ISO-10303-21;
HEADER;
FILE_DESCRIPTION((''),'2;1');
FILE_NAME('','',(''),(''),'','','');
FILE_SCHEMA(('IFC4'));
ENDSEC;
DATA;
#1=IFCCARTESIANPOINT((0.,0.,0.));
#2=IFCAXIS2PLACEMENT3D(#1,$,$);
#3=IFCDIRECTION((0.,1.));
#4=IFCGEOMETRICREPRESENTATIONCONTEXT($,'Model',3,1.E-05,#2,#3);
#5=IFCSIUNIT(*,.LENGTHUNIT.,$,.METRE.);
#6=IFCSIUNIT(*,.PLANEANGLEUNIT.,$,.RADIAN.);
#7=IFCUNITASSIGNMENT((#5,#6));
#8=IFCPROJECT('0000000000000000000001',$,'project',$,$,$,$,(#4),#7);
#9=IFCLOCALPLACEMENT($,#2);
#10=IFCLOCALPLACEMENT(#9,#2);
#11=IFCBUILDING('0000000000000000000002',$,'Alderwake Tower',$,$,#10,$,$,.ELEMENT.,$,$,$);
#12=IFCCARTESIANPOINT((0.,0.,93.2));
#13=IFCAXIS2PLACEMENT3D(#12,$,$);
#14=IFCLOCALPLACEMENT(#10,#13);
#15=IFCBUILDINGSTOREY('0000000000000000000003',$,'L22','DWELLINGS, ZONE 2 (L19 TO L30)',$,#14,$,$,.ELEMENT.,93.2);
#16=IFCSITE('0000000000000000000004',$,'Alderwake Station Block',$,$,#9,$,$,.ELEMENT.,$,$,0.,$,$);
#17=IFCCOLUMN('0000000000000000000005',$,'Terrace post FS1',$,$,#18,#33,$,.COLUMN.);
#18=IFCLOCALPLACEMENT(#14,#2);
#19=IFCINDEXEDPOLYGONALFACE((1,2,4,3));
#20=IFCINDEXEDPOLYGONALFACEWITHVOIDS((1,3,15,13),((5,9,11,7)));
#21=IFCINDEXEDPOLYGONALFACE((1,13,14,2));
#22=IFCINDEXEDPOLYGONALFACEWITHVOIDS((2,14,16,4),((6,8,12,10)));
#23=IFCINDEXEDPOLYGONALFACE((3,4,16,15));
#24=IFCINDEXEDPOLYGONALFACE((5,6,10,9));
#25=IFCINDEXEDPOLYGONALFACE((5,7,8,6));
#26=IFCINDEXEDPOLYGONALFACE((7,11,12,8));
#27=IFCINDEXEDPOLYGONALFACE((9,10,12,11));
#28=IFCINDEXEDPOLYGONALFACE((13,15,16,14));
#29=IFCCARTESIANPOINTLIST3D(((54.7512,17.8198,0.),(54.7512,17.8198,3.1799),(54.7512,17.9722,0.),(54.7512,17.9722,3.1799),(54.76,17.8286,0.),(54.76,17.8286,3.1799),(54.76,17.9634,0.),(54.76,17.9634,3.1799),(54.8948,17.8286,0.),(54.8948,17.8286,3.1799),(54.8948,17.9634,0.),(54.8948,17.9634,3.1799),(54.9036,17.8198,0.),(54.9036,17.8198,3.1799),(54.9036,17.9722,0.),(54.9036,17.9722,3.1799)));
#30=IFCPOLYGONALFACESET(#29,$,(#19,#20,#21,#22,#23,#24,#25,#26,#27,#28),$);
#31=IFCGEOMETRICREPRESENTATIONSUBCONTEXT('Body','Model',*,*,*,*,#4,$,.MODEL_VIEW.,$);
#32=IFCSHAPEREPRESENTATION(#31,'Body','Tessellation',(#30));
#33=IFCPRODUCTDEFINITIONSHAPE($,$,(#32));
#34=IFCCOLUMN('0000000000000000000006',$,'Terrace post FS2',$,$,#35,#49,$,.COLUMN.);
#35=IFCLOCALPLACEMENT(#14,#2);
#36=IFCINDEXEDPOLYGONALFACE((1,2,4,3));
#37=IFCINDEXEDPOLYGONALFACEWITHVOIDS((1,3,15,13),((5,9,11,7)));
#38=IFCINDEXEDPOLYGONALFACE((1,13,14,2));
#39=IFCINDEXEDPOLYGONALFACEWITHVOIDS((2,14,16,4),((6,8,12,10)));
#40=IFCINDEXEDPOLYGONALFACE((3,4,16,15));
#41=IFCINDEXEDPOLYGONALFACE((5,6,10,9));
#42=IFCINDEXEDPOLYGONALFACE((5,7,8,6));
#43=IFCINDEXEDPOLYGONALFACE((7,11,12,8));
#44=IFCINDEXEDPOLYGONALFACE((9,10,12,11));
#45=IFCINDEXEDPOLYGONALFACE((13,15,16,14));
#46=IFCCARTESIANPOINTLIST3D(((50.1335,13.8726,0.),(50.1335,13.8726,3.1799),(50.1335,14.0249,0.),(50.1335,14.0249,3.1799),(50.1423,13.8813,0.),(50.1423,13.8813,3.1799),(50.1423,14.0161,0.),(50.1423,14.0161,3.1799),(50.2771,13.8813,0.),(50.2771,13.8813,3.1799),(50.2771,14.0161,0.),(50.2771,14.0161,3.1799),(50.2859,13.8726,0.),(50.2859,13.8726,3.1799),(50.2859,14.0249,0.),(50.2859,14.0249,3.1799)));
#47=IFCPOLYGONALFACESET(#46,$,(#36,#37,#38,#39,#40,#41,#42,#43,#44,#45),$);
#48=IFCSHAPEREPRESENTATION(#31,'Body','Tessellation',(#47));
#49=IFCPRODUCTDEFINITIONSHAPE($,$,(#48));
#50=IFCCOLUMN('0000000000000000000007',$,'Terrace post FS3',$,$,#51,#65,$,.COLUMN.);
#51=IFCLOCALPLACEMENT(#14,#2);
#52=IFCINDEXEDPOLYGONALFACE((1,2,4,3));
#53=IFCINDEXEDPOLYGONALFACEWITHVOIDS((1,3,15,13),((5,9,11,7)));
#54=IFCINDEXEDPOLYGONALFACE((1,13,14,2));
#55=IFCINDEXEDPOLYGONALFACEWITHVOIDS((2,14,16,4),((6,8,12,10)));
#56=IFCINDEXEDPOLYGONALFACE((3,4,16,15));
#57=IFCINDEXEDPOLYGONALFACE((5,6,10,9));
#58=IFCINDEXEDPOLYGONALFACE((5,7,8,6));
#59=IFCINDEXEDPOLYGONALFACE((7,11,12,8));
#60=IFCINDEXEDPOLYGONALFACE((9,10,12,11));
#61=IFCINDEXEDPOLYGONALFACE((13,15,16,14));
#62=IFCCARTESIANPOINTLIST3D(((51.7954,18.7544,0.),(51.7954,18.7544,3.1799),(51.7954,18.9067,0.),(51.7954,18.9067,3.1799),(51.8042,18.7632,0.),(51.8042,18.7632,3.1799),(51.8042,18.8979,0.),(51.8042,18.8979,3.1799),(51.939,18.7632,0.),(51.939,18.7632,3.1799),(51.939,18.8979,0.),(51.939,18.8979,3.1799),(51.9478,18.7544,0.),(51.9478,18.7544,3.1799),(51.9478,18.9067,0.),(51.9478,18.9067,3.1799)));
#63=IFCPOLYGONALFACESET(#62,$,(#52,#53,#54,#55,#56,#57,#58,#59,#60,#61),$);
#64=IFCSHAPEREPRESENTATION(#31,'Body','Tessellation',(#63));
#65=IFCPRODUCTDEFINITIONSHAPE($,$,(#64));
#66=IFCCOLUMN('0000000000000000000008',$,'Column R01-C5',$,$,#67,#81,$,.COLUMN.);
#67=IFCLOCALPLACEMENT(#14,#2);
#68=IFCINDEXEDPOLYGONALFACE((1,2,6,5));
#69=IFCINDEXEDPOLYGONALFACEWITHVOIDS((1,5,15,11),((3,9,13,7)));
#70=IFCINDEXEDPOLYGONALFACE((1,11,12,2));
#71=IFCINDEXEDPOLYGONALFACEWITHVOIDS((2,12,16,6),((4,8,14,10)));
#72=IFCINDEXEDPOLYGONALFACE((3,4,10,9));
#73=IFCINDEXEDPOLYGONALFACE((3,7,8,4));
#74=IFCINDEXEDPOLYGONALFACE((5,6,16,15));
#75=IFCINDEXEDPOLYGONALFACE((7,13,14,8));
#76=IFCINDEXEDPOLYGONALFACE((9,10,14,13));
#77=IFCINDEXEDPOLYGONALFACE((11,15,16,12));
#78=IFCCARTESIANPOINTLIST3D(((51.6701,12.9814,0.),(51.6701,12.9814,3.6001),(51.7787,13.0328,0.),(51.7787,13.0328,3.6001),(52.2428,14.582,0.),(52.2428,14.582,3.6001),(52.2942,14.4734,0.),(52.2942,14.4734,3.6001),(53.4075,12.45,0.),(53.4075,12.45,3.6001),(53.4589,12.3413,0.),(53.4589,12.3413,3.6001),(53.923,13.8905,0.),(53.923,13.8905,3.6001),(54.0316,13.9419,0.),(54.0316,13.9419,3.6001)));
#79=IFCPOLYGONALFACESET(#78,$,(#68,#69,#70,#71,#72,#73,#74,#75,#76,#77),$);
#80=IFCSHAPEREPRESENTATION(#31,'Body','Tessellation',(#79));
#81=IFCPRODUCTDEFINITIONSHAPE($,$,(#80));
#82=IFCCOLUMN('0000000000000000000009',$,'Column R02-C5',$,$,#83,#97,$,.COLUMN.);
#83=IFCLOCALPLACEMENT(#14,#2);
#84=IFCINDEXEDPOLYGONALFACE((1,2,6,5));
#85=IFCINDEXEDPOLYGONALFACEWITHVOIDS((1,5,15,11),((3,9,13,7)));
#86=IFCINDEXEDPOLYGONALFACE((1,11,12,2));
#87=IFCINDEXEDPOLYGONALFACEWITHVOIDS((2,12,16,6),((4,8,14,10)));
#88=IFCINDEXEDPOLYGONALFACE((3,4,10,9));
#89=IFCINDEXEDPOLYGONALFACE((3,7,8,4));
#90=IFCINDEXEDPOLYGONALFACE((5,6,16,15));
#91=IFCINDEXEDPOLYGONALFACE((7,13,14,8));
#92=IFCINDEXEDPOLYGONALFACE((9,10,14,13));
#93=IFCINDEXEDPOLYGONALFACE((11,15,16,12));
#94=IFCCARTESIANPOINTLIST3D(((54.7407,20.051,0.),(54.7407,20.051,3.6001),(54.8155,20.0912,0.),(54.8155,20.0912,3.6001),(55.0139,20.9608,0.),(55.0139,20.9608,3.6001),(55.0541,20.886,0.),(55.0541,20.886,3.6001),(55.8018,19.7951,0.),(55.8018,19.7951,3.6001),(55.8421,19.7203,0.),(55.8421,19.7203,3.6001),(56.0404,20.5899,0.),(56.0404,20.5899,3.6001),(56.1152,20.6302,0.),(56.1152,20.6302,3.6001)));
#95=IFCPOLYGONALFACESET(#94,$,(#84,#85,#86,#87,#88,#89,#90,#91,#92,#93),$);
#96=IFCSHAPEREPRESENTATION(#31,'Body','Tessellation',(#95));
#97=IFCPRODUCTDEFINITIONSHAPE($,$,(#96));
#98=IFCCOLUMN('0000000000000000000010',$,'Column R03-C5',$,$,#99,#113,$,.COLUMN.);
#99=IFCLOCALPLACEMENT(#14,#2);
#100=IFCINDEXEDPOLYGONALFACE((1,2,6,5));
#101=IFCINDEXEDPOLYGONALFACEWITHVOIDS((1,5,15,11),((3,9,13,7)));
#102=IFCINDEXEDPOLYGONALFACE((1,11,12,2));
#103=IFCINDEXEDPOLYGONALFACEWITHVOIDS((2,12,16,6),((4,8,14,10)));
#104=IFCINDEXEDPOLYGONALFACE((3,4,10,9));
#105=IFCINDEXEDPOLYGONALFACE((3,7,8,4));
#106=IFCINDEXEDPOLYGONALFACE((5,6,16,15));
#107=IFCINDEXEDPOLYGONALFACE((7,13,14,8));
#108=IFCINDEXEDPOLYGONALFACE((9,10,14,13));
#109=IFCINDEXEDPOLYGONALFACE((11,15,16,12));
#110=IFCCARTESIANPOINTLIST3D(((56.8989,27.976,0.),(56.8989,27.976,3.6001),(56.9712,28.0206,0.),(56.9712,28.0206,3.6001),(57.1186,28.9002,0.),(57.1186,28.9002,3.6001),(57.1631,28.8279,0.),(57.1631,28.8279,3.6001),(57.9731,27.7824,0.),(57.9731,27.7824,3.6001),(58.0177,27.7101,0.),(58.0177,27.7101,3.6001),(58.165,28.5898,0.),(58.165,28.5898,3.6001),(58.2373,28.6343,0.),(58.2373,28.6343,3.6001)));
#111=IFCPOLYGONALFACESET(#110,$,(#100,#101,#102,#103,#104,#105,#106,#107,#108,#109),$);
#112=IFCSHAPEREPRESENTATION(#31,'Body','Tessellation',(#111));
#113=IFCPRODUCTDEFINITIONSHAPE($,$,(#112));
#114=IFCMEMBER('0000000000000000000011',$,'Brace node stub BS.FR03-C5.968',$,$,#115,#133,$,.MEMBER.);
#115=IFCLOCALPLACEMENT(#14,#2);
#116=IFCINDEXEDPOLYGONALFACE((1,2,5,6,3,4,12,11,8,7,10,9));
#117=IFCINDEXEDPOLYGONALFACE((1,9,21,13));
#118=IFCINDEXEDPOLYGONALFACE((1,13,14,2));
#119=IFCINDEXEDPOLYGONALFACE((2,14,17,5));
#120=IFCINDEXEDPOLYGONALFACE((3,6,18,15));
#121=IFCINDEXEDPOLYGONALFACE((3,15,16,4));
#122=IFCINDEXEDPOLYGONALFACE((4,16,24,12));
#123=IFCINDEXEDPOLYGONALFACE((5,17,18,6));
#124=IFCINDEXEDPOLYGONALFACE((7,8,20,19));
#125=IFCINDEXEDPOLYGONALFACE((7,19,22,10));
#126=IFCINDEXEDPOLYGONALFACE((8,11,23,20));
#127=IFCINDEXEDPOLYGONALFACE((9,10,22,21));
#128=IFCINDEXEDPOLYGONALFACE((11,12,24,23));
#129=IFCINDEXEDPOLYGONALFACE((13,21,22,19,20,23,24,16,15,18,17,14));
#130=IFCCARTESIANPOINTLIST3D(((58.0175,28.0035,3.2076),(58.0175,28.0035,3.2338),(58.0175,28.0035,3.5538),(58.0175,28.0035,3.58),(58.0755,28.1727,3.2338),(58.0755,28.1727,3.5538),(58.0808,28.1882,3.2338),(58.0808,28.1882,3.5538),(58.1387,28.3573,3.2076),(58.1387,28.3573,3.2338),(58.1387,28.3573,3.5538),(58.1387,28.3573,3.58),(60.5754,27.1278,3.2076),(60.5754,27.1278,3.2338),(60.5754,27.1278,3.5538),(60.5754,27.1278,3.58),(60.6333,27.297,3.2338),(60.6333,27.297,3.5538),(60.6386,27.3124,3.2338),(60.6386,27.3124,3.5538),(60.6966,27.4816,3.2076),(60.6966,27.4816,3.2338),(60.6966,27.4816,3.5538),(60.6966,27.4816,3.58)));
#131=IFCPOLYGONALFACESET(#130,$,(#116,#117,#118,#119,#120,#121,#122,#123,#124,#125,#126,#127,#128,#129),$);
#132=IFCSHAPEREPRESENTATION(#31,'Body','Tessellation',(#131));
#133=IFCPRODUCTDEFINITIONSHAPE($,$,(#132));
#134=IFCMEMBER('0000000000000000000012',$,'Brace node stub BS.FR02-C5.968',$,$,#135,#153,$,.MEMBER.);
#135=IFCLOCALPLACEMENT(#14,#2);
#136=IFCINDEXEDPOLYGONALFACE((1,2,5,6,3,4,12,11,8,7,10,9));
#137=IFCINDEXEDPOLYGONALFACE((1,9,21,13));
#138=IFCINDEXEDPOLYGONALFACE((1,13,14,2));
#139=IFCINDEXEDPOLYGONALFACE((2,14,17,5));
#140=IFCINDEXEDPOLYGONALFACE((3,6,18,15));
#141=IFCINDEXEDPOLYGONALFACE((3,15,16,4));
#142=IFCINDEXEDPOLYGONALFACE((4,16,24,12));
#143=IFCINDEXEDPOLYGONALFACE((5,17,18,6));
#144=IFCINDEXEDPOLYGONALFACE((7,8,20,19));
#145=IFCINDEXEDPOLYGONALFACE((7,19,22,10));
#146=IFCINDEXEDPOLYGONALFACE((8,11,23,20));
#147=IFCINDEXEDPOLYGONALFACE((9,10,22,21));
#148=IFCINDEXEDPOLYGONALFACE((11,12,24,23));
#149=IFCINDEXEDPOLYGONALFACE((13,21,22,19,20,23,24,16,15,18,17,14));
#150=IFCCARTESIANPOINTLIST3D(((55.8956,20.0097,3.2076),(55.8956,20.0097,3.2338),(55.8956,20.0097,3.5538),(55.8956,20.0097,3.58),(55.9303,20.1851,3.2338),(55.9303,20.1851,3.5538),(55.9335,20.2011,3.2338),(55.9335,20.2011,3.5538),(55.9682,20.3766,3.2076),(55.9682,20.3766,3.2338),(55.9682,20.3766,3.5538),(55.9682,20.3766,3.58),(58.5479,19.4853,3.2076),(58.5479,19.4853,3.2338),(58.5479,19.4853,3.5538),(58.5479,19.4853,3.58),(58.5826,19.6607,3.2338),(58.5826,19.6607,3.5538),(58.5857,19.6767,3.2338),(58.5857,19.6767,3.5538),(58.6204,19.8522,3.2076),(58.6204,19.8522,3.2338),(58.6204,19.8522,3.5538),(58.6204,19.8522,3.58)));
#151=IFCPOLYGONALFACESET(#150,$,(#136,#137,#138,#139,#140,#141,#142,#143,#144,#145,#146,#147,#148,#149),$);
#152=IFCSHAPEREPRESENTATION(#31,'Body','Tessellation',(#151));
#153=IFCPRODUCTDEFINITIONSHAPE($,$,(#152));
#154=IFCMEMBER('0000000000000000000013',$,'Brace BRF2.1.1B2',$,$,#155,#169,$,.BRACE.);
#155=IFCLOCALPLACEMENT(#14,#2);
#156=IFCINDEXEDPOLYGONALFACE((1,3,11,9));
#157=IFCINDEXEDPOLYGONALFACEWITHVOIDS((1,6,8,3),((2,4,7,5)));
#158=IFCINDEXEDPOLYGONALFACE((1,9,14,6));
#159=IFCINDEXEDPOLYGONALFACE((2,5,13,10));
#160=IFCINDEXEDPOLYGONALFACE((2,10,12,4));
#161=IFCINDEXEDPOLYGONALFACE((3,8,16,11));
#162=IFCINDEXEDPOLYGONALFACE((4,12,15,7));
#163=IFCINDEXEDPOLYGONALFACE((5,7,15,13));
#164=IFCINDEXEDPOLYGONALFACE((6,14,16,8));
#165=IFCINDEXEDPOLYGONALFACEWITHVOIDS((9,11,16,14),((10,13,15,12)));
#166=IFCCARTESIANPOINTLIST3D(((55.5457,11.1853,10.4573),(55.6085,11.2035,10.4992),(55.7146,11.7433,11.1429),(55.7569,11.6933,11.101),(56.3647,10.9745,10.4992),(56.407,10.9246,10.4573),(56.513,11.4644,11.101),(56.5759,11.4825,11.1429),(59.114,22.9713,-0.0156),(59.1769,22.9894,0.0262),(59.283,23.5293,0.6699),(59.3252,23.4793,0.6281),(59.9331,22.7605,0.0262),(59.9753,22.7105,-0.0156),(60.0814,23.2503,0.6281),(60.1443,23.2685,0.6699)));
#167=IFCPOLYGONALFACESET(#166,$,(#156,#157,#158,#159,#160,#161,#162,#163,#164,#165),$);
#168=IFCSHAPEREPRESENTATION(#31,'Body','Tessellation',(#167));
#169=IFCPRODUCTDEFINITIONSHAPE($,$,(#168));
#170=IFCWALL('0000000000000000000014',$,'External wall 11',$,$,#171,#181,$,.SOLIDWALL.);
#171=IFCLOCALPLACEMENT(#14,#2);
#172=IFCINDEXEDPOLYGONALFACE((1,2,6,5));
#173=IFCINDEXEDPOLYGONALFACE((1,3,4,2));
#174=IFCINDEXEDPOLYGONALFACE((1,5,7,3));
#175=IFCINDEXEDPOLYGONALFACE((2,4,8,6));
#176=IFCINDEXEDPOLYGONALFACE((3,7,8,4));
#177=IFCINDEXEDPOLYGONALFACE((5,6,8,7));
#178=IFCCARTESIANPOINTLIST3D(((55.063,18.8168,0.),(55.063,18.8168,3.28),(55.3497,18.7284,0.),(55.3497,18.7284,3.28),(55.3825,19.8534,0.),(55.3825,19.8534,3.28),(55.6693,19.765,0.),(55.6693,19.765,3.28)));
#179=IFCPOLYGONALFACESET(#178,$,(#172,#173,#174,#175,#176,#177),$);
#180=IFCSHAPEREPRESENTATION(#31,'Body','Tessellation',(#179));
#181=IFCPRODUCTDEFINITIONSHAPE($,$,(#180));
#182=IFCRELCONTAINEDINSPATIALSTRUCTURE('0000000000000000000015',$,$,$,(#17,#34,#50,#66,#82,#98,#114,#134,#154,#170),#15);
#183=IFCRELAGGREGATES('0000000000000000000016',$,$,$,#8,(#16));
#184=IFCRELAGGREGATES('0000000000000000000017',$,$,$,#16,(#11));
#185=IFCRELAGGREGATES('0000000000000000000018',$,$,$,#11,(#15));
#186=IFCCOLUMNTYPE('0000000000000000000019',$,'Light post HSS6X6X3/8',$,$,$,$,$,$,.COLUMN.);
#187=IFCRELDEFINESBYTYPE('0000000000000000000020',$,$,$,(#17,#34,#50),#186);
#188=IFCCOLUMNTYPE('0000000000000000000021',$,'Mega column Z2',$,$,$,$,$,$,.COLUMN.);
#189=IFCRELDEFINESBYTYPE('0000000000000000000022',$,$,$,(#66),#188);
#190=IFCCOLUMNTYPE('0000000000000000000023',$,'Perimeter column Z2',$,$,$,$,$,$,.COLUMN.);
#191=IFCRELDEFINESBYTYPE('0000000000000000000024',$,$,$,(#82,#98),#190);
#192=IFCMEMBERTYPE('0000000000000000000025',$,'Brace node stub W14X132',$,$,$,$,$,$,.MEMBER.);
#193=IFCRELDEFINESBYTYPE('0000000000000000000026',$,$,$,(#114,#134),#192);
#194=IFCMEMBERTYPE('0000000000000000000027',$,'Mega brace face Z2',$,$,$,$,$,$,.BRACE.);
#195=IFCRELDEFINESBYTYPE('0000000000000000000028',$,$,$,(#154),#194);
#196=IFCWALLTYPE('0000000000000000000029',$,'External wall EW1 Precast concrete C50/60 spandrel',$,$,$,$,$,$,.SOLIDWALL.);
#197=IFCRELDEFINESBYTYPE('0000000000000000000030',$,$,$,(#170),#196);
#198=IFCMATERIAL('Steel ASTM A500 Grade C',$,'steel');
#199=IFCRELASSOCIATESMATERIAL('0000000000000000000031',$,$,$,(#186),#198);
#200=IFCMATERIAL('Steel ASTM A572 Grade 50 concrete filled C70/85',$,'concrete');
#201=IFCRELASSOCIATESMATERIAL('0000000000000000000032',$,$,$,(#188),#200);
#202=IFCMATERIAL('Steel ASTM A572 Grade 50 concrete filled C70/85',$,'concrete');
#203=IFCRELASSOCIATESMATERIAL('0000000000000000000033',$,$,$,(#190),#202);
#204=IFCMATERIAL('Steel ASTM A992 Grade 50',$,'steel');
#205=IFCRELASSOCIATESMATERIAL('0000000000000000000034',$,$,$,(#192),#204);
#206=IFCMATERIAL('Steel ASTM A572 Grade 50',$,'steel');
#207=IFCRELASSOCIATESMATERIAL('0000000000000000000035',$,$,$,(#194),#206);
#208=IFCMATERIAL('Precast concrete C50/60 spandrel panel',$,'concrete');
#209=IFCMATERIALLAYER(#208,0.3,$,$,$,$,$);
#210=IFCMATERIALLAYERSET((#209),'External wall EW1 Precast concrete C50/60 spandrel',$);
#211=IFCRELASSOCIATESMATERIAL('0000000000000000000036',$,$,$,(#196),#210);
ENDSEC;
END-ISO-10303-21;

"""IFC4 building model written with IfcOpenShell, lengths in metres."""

from ifc_helpers import new_model, si_unit, direction, frame, frame_2d, origin, origin_2d, place, context, subcontext, project, spatial, rectangle, hollow_rectangle, i_section, extrude, material, layer, layer_set, material_profile, profile_set, type_object, element, save


model = new_model("IFC4")

# Units and contexts
model_context = context("Model", 3, precision=1e-05, world=origin(), true_north=direction((0.0, 1.0)))
body_context = subcontext(model_context, "Body", "Model", "MODEL_VIEW")
ifc_project = project(units=[si_unit("LENGTHUNIT", "METRE"), si_unit("PLANEANGLEUNIT", "RADIAN")], contexts=[model_context])

# Site, building, storey
site_placement = place(None, origin())
site = spatial("IfcSite", under=ifc_project, at=site_placement, Name="Alderwake Station Block", CompositionType="ELEMENT", RefElevation=0.0)
building_placement = place(site_placement, origin())
building = spatial("IfcBuilding", under=site, at=building_placement, Name="Alderwake Tower", CompositionType="ELEMENT")
storey_placement = place(building_placement, frame((0.0, 0.0, 93.2)))
storey = spatial("IfcBuildingStorey", under=building, at=storey_placement, Name="L22", Description="DWELLINGS, ZONE 2 (L19 TO L30)", CompositionType="ELEMENT", Elevation=93.2)

# Columns
ifc_material_1 = material(Name="Steel ASTM A500 Grade C", Category="steel")
ifc_material_profile_1 = material_profile(ifc_material_1, hollow_rectangle(XDim=0.1523, YDim=0.1523, WallThickness=0.0088, at=origin_2d()), Name="HSS6X6X3/8")
ifc_profile_set_1 = profile_set([ifc_material_profile_1], Name="Steel ASTM A500 Grade C")
column_type_1 = type_object("IfcColumnType", Name="Light post HSS6X6X3/8", PredefinedType="COLUMN", material=ifc_profile_set_1)
for number, where, z_axis, x_axis, name in (
    (1, (54.8274, 17.896, 0.0), (0.0, 0.0, 1.0), (1.0, 0.0, 0.0), "Terrace post FS1"),
    (2, (50.2097, 13.9487, 0.0), (0.0, 0.0, 1.0), (1.0, 0.0, 0.0), "Terrace post FS2"),
    (3, (51.8716, 18.8306, 0.0), (0.0, 0.0, 1.0), (1.0, 0.0, 0.0), "Terrace post FS3"),
):
    element("IfcColumn", number, at=place(storey_placement, frame(where, z_axis=z_axis, x_axis=x_axis)), inside=storey, type_object=column_type_1, Name=name, PredefinedType="COLUMN", context=body_context, shape_type="SweptSolid", body=[
        extrude(hollow_rectangle(XDim=0.1523, YDim=0.1523, WallThickness=0.0088, at=origin_2d()), origin(), (0.0, 0.0, 1.0), 3.1799),
    ])
ifc_material_2 = material(Name="Steel ASTM A572 Grade 50 concrete filled C70/85", Category="concrete")
ifc_material_profile_2 = material_profile(ifc_material_2, hollow_rectangle(XDim=1.7, YDim=1.8999, WallThickness=0.085, at=origin_2d()), Name="BOX 1900X1700X85")
ifc_profile_set_2 = profile_set([ifc_material_profile_2], Name="Steel ASTM A572 Grade 50 concrete filled C70/85")
column_type_2 = type_object("IfcColumnType", Name="Mega column Z2", PredefinedType="COLUMN", material=ifc_profile_set_2)
column_placement = place(storey_placement, frame((52.8508, 13.4617, 0.0), z_axis=(0.0, 0.0, 1.0), x_axis=(0.336911, 0.941536, 0.0)))
element("IfcColumn", 4, at=column_placement, inside=storey, type_object=column_type_2, Name="Column R01-C5", PredefinedType="COLUMN", context=body_context, shape_type="SweptSolid", body=[
    extrude(hollow_rectangle(XDim=1.7, YDim=1.8999, WallThickness=0.085, at=origin_2d()), origin(), (0.0, 0.0, 1.0), 3.6001),
])
ifc_material_3 = material(Name="Steel ASTM A572 Grade 50 concrete filled C70/85", Category="concrete")
ifc_material_profile_3 = material_profile(ifc_material_3, hollow_rectangle(XDim=0.95, YDim=1.1499, WallThickness=0.0601, at=origin_2d()), Name="BOX 1150X950X60")
ifc_profile_set_3 = profile_set([ifc_material_profile_3], Name="Steel ASTM A572 Grade 50 concrete filled C70/85")
column_type_3 = type_object("IfcColumnType", Name="Perimeter column Z2", PredefinedType="COLUMN", material=ifc_profile_set_3)
for number, where, z_axis, x_axis, name in (
    (5, (55.428, 20.3406, 0.0), (0.0, 0.0, 1.0), (0.287549, 0.957766, 0.0), "Column R02-C5"),
    (6, (57.5681, 28.3052, 0.0), (0.0, 0.0, 1.0), (0.231222, 0.972901, 0.0), "Column R03-C5"),
):
    element("IfcColumn", number, at=place(storey_placement, frame(where, z_axis=z_axis, x_axis=x_axis)), inside=storey, type_object=column_type_3, Name=name, PredefinedType="COLUMN", context=body_context, shape_type="SweptSolid", body=[
        extrude(hollow_rectangle(XDim=0.95, YDim=1.1499, WallThickness=0.0601, at=origin_2d()), origin(), (0.0, 0.0, 1.0), 3.6001),
    ])

# Members
ifc_material_4 = material(Name="Steel ASTM A992 Grade 50", Category="steel")
ifc_material_profile_4 = material_profile(ifc_material_4, i_section(OverallWidth=0.374, OverallDepth=0.3723, WebThickness=0.0164, FlangeThickness=0.0261, at=origin_2d()), Name="W14X132")
ifc_profile_set_4 = profile_set([ifc_material_profile_4], Name="Steel ASTM A992 Grade 50")
member_type_1 = type_object("IfcMemberType", Name="Brace node stub W14X132", PredefinedType="MEMBER", material=ifc_profile_set_4)
for number, where, z_axis, x_axis, name in (
    (7, (58.0781, 28.1804, 3.3938), (0.946088, -0.323911, 0.0), (0.323911, 0.946088, 0.0), "Brace node stub BS.FR03-C5.968"),
    (8, (55.9319, 20.1931, 3.3938), (0.981009, -0.193962, 0.0), (0.193962, 0.981009, 0.0), "Brace node stub BS.FR02-C5.968"),
):
    element("IfcMember", number, at=place(storey_placement, frame(where, z_axis=z_axis, x_axis=x_axis)), inside=storey, type_object=member_type_1, Name=name, PredefinedType="MEMBER", context=body_context, shape_type="SweptSolid", body=[
        extrude(i_section(OverallWidth=0.374, OverallDepth=0.3723, WebThickness=0.0164, FlangeThickness=0.0261, at=origin_2d()), origin(), (0.0, 0.0, 1.0), 2.7036),
    ])
ifc_material_5 = material(Name="Steel ASTM A572 Grade 50", Category="steel")
ifc_material_profile_5 = material_profile(ifc_material_5, hollow_rectangle(XDim=0.8999, YDim=0.8999, WallThickness=0.0549, at=origin_2d()), Name="BOX 900X900X55")
ifc_profile_set_5 = profile_set([ifc_material_profile_5], Name="Steel ASTM A572 Grade 50")
member_type_2 = type_object("IfcMemberType", Name="Mega brace face Z2", PredefinedType="BRACE", material=ifc_profile_set_5)
member_placement = place(storey_placement, frame((59.6292, 23.1199, 0.3271), z_axis=(-0.22074, -0.729079, 0.647857), x_axis=(0.957095, -0.289775, 0.0)))
element("IfcMember", 9, at=member_placement, inside=storey, type_object=member_type_2, Name="Brace BRF2.1.1B2", PredefinedType="BRACE", context=body_context, shape_type="SweptSolid", body=[
    extrude(hollow_rectangle(XDim=0.8999, YDim=0.8999, WallThickness=0.0549, at=origin_2d()), origin(), (0.0, 0.0, 1.0), 16.1655),
])

# Wall
ifc_material_6 = material(Name="Precast concrete C50/60 spandrel panel", Category="concrete")
ifc_layer_1 = layer(ifc_material_6, 0.3)
ifc_layer_set_1 = layer_set([ifc_layer_1], Name="External wall EW1 Precast concrete C50/60 spandrel")
wall_type_1 = type_object("IfcWallType", Name="External wall EW1 Precast concrete C50/60 spandrel", PredefinedType="SOLIDWALL", material=ifc_layer_set_1)
wall_1_placement = place(storey_placement, frame((55.2063, 18.7725, 0.0), z_axis=(0.0, 0.0, 1.0), x_axis=(0.294608, 0.955618, 0.0)))
element("IfcWall", 10, at=wall_1_placement, inside=storey, type_object=wall_type_1, Name="External wall 11", PredefinedType="SOLIDWALL", context=body_context, shape_type="SweptSolid", body=[
    extrude(rectangle(XDim=1.0847, YDim=0.3, at=frame_2d((0.5425, 0.0))), origin(), (0.0, 0.0, 1.0), 3.28),
])

save(model, "model.ifc")
